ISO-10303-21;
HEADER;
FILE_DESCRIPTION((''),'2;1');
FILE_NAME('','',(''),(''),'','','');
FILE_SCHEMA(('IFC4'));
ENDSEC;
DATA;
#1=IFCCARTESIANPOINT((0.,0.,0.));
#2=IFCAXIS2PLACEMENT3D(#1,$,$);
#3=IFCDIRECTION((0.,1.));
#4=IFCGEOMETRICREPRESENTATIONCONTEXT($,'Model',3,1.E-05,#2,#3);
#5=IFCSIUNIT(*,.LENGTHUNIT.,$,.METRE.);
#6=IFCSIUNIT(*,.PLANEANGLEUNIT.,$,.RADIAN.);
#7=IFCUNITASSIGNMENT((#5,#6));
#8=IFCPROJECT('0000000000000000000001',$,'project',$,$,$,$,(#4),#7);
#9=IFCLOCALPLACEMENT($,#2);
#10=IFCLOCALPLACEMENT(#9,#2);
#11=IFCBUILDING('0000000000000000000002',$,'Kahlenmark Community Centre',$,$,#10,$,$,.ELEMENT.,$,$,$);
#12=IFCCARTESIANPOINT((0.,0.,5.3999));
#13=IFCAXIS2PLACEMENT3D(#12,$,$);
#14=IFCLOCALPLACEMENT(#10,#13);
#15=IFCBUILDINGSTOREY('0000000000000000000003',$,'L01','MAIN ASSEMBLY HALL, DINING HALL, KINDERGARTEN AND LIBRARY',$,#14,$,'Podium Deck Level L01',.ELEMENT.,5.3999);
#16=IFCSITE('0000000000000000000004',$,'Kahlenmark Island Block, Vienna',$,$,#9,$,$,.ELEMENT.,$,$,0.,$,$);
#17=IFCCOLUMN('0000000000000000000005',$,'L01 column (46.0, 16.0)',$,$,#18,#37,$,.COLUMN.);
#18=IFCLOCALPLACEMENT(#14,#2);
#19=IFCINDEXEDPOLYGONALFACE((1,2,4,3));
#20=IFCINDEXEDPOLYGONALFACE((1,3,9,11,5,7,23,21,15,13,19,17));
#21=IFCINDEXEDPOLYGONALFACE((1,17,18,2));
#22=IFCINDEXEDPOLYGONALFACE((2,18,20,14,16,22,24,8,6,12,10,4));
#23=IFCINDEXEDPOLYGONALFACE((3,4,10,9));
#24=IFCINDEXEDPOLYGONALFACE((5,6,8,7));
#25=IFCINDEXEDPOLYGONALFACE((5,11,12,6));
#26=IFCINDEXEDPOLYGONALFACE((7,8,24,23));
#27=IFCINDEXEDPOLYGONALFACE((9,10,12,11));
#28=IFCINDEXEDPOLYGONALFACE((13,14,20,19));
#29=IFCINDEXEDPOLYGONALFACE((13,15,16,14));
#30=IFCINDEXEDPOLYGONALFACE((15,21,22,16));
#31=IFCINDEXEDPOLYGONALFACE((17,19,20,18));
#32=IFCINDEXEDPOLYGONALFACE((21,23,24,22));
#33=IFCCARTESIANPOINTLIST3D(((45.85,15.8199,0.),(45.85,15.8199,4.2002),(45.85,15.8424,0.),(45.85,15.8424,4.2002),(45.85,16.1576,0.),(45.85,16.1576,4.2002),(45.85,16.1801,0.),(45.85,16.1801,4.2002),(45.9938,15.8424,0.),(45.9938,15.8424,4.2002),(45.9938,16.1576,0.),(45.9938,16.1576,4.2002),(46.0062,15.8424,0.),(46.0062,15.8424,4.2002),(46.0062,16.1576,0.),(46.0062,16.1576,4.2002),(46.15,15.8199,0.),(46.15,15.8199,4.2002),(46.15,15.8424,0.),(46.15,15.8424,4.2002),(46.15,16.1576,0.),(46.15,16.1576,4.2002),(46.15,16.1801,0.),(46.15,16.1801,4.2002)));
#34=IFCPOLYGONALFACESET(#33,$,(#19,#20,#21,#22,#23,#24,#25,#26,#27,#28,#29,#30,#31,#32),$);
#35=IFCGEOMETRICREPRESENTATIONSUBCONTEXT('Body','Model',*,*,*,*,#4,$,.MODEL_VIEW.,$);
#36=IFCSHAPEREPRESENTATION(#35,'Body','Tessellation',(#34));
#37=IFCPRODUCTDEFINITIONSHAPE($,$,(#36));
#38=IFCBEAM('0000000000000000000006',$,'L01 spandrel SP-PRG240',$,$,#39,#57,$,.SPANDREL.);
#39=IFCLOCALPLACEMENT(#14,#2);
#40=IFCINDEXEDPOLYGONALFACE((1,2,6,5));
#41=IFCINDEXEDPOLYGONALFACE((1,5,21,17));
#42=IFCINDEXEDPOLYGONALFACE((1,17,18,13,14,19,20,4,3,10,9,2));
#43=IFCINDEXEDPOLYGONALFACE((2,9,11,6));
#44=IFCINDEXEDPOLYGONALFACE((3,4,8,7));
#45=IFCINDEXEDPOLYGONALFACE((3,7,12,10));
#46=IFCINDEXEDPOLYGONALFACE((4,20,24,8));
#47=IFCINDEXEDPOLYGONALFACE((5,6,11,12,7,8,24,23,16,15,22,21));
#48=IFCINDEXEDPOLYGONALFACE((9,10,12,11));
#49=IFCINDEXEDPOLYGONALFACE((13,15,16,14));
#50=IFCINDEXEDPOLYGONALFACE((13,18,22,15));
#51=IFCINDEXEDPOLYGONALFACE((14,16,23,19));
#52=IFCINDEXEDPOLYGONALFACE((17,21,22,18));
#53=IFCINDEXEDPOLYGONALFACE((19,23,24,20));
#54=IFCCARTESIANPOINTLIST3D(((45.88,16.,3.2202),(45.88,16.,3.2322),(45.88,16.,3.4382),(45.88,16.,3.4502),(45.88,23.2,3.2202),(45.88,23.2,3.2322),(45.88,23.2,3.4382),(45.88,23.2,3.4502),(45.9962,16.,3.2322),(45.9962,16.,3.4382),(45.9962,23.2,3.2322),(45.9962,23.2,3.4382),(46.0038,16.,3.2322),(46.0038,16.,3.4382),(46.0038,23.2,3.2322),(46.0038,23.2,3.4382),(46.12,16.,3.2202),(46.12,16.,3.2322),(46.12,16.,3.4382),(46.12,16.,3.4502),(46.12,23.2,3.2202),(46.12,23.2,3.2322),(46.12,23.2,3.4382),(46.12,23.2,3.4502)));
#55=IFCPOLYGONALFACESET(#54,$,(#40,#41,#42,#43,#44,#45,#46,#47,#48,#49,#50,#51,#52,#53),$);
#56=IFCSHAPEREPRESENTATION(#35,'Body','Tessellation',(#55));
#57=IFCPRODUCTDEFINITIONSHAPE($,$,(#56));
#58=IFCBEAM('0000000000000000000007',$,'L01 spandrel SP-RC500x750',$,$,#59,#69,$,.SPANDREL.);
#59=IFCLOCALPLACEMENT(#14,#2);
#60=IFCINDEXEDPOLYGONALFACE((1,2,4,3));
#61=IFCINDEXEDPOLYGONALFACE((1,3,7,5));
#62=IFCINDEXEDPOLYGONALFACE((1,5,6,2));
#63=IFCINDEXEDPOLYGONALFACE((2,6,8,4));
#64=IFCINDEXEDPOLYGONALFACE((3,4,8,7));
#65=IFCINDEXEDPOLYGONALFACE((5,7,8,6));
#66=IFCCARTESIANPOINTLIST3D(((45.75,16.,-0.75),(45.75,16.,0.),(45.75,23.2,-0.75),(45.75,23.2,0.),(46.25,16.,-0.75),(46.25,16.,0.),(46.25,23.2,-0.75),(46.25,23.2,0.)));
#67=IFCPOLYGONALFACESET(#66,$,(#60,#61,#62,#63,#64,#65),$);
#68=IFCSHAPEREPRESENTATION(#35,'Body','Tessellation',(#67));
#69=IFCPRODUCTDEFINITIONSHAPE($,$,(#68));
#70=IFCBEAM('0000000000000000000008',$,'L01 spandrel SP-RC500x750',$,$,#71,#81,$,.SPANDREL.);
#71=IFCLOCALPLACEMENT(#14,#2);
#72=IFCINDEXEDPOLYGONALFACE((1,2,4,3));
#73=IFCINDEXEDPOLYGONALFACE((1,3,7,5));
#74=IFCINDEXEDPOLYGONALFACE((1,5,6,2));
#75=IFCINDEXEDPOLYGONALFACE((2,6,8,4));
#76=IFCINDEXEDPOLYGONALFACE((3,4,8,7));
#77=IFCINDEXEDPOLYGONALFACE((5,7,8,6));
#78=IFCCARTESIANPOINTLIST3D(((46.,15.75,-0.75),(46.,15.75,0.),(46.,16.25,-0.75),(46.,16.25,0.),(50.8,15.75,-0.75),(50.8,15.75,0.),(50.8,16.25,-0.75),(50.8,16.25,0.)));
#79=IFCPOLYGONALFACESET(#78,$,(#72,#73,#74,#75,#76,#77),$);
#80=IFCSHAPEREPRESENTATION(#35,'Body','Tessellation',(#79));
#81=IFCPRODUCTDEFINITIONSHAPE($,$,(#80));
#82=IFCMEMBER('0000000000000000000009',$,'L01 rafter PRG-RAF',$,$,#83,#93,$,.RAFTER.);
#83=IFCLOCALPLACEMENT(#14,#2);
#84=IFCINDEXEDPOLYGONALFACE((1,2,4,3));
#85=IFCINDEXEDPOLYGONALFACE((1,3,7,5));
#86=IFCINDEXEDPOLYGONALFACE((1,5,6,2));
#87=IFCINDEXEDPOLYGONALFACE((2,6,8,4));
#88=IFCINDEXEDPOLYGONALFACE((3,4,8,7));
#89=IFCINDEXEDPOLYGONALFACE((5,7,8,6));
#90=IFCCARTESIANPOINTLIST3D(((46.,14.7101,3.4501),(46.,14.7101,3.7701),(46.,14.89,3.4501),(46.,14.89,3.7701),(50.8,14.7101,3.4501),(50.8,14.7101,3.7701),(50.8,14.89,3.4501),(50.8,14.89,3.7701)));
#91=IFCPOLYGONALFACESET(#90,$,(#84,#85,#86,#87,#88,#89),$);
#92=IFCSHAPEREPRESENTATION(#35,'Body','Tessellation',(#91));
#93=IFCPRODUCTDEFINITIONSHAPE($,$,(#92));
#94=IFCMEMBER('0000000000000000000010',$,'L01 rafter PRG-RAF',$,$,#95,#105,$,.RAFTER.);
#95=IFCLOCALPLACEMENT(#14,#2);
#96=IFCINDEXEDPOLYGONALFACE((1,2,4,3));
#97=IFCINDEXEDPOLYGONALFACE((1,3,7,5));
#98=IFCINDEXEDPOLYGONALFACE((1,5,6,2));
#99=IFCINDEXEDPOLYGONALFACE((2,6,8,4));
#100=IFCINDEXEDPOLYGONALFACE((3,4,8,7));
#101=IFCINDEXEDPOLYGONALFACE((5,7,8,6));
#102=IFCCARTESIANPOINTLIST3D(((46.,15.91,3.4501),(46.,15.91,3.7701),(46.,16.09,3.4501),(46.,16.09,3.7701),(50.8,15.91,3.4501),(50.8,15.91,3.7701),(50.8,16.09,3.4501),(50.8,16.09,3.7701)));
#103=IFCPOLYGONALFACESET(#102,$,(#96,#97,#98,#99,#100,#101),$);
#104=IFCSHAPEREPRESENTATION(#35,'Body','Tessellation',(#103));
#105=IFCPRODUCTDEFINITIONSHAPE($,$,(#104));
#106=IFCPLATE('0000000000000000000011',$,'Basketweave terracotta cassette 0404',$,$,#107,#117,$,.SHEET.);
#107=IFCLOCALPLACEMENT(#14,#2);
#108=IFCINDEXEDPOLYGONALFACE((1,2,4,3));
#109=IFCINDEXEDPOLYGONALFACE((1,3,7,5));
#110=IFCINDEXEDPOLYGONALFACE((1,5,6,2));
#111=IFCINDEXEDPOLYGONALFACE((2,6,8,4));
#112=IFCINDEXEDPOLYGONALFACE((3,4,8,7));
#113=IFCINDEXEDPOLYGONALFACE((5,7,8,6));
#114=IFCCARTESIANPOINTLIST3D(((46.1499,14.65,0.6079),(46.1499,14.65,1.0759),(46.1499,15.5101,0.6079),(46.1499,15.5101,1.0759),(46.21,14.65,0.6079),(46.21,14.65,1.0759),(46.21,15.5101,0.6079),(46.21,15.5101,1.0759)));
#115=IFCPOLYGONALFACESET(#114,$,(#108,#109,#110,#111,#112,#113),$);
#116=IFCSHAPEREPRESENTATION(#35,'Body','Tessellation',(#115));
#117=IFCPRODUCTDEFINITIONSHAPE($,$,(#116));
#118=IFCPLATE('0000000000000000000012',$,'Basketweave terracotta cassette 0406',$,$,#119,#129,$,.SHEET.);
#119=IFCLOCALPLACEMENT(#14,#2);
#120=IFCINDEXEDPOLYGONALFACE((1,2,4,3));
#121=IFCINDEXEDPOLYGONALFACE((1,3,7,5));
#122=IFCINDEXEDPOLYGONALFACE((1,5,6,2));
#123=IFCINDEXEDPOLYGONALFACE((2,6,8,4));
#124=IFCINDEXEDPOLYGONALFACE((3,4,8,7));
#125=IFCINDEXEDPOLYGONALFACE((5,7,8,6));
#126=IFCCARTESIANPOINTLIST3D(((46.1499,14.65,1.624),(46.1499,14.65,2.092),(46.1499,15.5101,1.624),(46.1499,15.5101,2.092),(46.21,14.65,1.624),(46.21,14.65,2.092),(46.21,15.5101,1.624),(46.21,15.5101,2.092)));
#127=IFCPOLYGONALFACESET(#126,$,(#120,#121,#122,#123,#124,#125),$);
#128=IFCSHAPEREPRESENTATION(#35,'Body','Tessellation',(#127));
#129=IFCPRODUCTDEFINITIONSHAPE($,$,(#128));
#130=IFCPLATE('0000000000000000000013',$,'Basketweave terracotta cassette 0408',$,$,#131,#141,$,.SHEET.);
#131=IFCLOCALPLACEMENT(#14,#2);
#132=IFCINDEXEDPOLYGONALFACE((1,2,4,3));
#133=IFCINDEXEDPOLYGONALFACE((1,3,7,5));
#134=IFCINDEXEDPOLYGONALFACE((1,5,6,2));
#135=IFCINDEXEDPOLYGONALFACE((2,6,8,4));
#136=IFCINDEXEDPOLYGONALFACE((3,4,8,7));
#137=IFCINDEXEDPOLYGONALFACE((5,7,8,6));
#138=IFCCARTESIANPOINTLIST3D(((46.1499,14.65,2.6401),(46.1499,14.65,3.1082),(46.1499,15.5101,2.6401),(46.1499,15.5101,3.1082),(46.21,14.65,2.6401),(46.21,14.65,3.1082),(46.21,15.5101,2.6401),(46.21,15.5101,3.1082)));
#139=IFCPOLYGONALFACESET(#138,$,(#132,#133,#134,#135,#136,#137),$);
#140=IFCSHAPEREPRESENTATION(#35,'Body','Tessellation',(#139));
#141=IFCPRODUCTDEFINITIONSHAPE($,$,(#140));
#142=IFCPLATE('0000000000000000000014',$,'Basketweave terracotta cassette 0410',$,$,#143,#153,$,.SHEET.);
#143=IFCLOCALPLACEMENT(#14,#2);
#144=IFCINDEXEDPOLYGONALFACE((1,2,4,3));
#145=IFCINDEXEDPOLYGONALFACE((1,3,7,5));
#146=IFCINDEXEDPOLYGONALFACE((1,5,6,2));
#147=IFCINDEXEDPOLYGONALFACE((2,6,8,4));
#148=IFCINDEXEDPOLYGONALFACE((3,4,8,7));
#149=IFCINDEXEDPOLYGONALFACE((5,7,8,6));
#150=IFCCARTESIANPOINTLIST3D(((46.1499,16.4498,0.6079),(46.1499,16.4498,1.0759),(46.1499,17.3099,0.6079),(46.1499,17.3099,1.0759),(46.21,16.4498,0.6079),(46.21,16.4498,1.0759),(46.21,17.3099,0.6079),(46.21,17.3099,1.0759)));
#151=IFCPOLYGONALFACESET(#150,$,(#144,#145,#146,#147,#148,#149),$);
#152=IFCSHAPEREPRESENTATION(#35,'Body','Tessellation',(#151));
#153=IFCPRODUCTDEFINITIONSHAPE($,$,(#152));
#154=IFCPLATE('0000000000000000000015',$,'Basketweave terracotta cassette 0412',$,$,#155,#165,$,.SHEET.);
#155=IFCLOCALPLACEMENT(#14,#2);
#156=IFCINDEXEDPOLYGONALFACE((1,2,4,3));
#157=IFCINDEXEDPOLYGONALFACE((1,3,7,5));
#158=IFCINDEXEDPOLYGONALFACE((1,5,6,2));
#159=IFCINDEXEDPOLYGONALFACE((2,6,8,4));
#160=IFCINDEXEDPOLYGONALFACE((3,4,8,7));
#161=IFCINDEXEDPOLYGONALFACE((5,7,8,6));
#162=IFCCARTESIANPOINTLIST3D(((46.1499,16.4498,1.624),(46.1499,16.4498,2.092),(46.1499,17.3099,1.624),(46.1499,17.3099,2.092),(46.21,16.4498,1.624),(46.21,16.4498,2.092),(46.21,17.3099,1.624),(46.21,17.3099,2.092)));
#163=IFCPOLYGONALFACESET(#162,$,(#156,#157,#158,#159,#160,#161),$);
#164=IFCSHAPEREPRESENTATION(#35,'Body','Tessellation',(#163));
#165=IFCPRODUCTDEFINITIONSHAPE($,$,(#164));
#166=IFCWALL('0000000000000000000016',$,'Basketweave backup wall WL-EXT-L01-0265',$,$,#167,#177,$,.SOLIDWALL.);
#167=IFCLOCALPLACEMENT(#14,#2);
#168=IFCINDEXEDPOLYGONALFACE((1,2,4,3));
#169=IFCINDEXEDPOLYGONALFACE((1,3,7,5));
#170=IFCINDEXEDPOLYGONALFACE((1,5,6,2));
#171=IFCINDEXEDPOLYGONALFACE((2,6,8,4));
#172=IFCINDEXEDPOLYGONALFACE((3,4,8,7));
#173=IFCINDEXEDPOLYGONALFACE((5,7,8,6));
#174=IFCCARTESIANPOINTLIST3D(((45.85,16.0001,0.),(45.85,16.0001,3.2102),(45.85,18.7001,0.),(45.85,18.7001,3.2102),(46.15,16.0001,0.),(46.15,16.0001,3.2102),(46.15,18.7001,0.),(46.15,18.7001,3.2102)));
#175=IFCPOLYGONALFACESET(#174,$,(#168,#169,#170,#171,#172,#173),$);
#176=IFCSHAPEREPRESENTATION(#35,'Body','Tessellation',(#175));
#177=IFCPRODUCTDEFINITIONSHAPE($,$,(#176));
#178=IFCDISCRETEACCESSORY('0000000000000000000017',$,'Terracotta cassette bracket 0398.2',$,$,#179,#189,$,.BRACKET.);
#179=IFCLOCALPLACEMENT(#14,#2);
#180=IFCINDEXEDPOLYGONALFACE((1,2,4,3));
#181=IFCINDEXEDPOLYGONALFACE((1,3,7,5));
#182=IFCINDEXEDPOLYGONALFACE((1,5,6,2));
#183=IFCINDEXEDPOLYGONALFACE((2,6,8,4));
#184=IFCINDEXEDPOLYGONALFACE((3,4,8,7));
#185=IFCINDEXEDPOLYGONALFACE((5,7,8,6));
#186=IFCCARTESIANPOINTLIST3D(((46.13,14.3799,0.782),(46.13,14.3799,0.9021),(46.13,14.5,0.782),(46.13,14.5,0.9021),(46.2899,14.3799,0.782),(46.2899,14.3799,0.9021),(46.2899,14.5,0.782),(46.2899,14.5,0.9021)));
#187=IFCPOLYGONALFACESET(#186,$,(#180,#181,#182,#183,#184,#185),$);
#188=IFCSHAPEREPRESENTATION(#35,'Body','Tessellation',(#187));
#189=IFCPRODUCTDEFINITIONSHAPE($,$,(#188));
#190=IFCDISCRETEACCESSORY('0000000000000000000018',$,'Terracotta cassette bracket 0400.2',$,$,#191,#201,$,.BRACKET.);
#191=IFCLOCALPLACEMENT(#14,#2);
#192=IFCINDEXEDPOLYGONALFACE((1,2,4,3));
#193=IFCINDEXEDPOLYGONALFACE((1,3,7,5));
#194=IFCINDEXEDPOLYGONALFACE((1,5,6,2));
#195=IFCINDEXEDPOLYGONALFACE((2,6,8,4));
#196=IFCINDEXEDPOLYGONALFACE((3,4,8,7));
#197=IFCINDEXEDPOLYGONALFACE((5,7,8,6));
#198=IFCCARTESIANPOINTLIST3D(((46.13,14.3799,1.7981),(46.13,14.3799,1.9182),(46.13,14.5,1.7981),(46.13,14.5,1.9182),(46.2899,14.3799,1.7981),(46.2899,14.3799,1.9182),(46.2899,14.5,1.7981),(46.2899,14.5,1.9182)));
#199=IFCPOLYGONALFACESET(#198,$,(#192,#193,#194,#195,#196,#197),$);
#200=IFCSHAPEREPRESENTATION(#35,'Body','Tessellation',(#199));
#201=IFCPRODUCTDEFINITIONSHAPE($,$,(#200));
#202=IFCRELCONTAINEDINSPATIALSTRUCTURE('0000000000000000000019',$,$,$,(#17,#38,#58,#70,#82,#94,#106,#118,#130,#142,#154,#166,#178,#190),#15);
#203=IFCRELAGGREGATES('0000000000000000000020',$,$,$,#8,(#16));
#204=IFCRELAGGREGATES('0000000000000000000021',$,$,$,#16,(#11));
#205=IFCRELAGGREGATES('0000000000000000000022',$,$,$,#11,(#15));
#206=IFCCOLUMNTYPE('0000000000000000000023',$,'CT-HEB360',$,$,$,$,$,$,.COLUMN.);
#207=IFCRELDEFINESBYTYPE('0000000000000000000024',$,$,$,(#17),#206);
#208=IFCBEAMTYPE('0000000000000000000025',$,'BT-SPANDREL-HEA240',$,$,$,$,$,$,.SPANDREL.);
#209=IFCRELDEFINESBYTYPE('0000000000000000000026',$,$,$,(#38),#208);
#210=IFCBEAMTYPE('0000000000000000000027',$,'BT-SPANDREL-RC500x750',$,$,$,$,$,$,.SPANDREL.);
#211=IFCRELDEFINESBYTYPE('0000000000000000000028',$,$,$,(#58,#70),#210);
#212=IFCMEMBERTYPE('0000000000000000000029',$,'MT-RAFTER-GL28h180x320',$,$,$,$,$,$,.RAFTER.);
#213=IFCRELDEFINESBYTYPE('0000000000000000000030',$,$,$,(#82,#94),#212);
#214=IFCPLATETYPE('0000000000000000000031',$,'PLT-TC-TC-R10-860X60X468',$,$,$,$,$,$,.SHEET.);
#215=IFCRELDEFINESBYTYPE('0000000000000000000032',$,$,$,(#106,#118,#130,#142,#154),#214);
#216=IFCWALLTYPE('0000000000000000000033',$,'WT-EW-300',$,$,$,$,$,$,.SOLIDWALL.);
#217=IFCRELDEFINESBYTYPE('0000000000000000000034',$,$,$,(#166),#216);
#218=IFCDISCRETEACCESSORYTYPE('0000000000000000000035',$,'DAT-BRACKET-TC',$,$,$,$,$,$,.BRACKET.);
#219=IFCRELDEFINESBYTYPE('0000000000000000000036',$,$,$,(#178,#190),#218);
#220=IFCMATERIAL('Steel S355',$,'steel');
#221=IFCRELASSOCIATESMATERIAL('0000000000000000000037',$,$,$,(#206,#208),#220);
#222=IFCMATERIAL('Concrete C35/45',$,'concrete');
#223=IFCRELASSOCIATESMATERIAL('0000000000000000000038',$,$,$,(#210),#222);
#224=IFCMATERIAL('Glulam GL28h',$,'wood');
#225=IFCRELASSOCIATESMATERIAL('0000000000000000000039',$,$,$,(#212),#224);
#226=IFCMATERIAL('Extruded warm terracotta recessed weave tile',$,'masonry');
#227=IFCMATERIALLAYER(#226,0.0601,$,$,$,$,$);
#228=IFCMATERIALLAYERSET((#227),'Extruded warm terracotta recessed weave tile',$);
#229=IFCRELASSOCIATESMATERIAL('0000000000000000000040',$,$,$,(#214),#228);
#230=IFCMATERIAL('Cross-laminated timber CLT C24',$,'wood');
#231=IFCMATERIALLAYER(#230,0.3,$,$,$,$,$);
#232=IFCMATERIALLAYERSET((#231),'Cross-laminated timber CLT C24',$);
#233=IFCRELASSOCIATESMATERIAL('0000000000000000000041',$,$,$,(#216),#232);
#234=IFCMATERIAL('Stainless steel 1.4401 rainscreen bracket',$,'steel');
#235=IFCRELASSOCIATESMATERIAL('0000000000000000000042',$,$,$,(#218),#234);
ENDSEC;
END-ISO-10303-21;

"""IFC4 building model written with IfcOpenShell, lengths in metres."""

from ifc_helpers import new_model, si_unit, direction, frame, frame_2d, origin, origin_2d, place, context, subcontext, project, spatial, rectangle, i_section, extrude, material, layer, layer_set, material_profile, profile_set, type_object, element, save


model = new_model("IFC4")

# Units and contexts
model_context = context("Model", 3, precision=1e-05, world=origin(), true_north=direction((0.0, 1.0)))
body_context = subcontext(model_context, "Body", "Model", "MODEL_VIEW")
ifc_project = project(units=[si_unit("LENGTHUNIT", "METRE"), si_unit("PLANEANGLEUNIT", "RADIAN")], contexts=[model_context])

# Site, building, storey
site_placement = place(None, origin())
site = spatial("IfcSite", under=ifc_project, at=site_placement, Name="Kahlenmark Island Block, Vienna", CompositionType="ELEMENT", RefElevation=0.0)
building_placement = place(site_placement, origin())
building = spatial("IfcBuilding", under=site, at=building_placement, Name="Kahlenmark Community Centre", CompositionType="ELEMENT")
storey_placement = place(building_placement, frame((0.0, 0.0, 5.3999)))
storey = spatial("IfcBuildingStorey", under=building, at=storey_placement, Name="L01", Description="MAIN ASSEMBLY HALL, DINING HALL, KINDERGARTEN AND LIBRARY", LongName="Podium Deck Level L01", CompositionType="ELEMENT", Elevation=5.3999)

# Column
ifc_material_1 = material(Name="Steel S355", Category="steel")
ifc_material_profile_1 = material_profile(ifc_material_1, i_section(OverallWidth=0.3, OverallDepth=0.3601, WebThickness=0.0125, FlangeThickness=0.0225, at=origin_2d()), Name="HEB 360")
ifc_profile_set_1 = profile_set([ifc_material_profile_1], Name="Steel S355")
column_type = type_object("IfcColumnType", Name="CT-HEB360", PredefinedType="COLUMN", material=ifc_profile_set_1)
column_placement = place(storey_placement, frame((46.0, 16.0, 0.0), z_axis=(0.0, 0.0, 1.0), x_axis=(1.0, 0.0, 0.0)))
element("IfcColumn", 1, at=column_placement, inside=storey, type_object=column_type, Name="L01 column (46.0, 16.0)", PredefinedType="COLUMN", context=body_context, shape_type="SweptSolid", body=[
    extrude(i_section(OverallWidth=0.3, OverallDepth=0.3601, WebThickness=0.0125, FlangeThickness=0.0225, at=origin_2d()), origin(), (0.0, 0.0, 1.0), 4.2002),
])

# Beams
ifc_material_profile_2 = material_profile(ifc_material_1, i_section(OverallWidth=0.24, OverallDepth=0.23, WebThickness=0.0076, FlangeThickness=0.012, at=origin_2d()), Name="HEA 240")
ifc_profile_set_2 = profile_set([ifc_material_profile_2], Name="Steel S355")
beam_type_1 = type_object("IfcBeamType", Name="BT-SPANDREL-HEA240", PredefinedType="SPANDREL", material=ifc_profile_set_2)
beam_1_placement = place(storey_placement, frame((46.0, 16.0, 3.3352), z_axis=(0.0, 1.0, 0.0), x_axis=(-1.0, 0.0, 0.0)))
element("IfcBeam", 2, at=beam_1_placement, inside=storey, type_object=beam_type_1, Name="L01 spandrel SP-PRG240", PredefinedType="SPANDREL", context=body_context, shape_type="SweptSolid", body=[
    extrude(i_section(OverallWidth=0.24, OverallDepth=0.23, WebThickness=0.0076, FlangeThickness=0.012, at=origin_2d()), origin(), (0.0, 0.0, 1.0), 7.2),
])
ifc_material_2 = material(Name="Concrete C35/45", Category="concrete")
ifc_material_profile_3 = material_profile(ifc_material_2, rectangle(XDim=0.5, YDim=0.75, at=origin_2d()), Name="RC 500x750")
ifc_profile_set_3 = profile_set([ifc_material_profile_3], Name="Concrete C35/45")
beam_type_2 = type_object("IfcBeamType", Name="BT-SPANDREL-RC500x750", PredefinedType="SPANDREL", material=ifc_profile_set_3)
beam_2_placement = place(storey_placement, frame((46.0, 16.0, -0.375), z_axis=(0.0, 1.0, 0.0), x_axis=(-1.0, 0.0, 0.0)))
element("IfcBeam", 3, at=beam_2_placement, inside=storey, type_object=beam_type_2, Name="L01 spandrel SP-RC500x750", PredefinedType="SPANDREL", context=body_context, shape_type="SweptSolid", body=[
    extrude(rectangle(XDim=0.5, YDim=0.75, at=origin_2d()), origin(), (0.0, 0.0, 1.0), 7.2),
])
beam_3_placement = place(storey_placement, frame((46.0, 16.0, -0.375), z_axis=(1.0, 0.0, 0.0), x_axis=(0.0, 1.0, 0.0)))
element("IfcBeam", 4, at=beam_3_placement, inside=storey, type_object=beam_type_2, Name="L01 spandrel SP-RC500x750", PredefinedType="SPANDREL", context=body_context, shape_type="SweptSolid", body=[
    extrude(rectangle(XDim=0.5, YDim=0.75, at=origin_2d()), origin(), (0.0, 0.0, 1.0), 4.8),
])

# Members
ifc_material_3 = material(Name="Glulam GL28h", Category="wood")
ifc_material_profile_4 = material_profile(ifc_material_3, rectangle(XDim=0.1799, YDim=0.3201, at=origin_2d()), Name="GL28h 180x320")
ifc_profile_set_4 = profile_set([ifc_material_profile_4], Name="Glulam GL28h")
member_type = type_object("IfcMemberType", Name="MT-RAFTER-GL28h180x320", PredefinedType="RAFTER", material=ifc_profile_set_4)
for number, where, z_axis, x_axis, name in (
    (5, (46.0, 14.8, 3.6101), (1.0, 0.0, 0.0), (0.0, 1.0, 0.0), "L01 rafter PRG-RAF"),
    (6, (46.0, 16.0, 3.6101), (1.0, 0.0, 0.0), (0.0, 1.0, 0.0), "L01 rafter PRG-RAF"),
):
    element("IfcMember", number, at=place(storey_placement, frame(where, z_axis=z_axis, x_axis=x_axis)), inside=storey, type_object=member_type, Name=name, PredefinedType="RAFTER", context=body_context, shape_type="SweptSolid", body=[
        extrude(rectangle(XDim=0.1799, YDim=0.3201, at=origin_2d()), origin(), (0.0, 0.0, 1.0), 4.8),
    ])

# Plates
ifc_material_4 = material(Name="Extruded warm terracotta recessed weave tile", Category="masonry")
ifc_layer_1 = layer(ifc_material_4, 0.0601)
ifc_layer_set_1 = layer_set([ifc_layer_1], Name="Extruded warm terracotta recessed weave tile")
plate_type = type_object("IfcPlateType", Name="PLT-TC-TC-R10-860X60X468", PredefinedType="SHEET", material=ifc_layer_set_1)
for number, where, z_axis, x_axis, name in (
    (7, (46.1799, 15.0801, 0.6079), (0.0, 0.0, 1.0), (0.0, 1.0, 0.0), "Basketweave terracotta cassette 0404"),
    (8, (46.1799, 15.0801, 1.624), (0.0, 0.0, 1.0), (0.0, 1.0, 0.0), "Basketweave terracotta cassette 0406"),
    (9, (46.1799, 15.0801, 2.6401), (0.0, 0.0, 1.0), (0.0, 1.0, 0.0), "Basketweave terracotta cassette 0408"),
    (10, (46.1799, 16.8799, 0.6079), (0.0, 0.0, 1.0), (0.0, 1.0, 0.0), "Basketweave terracotta cassette 0410"),
    (11, (46.1799, 16.8799, 1.624), (0.0, 0.0, 1.0), (0.0, 1.0, 0.0), "Basketweave terracotta cassette 0412"),
):
    element("IfcPlate", number, at=place(storey_placement, frame(where, z_axis=z_axis, x_axis=x_axis)), inside=storey, type_object=plate_type, Name=name, PredefinedType="SHEET", context=body_context, shape_type="SweptSolid", body=[
        extrude(rectangle(XDim=0.8601, YDim=0.0601, at=origin_2d()), origin(), (0.0, 0.0, 1.0), 0.468),
    ])

# Wall
ifc_material_5 = material(Name="Cross-laminated timber CLT C24", Category="wood")
ifc_layer_2 = layer(ifc_material_5, 0.3)
ifc_layer_set_2 = layer_set([ifc_layer_2], Name="Cross-laminated timber CLT C24")
wall_type = type_object("IfcWallType", Name="WT-EW-300", PredefinedType="SOLIDWALL", material=ifc_layer_set_2)
wall_placement = place(storey_placement, frame((46.0, 16.0, 0.0), z_axis=(0.0, 0.0, 1.0), x_axis=(0.0, 1.0, 0.0)))
element("IfcWall", 12, at=wall_placement, inside=storey, type_object=wall_type, Name="Basketweave backup wall WL-EXT-L01-0265", PredefinedType="SOLIDWALL", context=body_context, shape_type="SweptSolid", body=[
    extrude(rectangle(XDim=2.7, YDim=0.3, at=frame_2d((1.3501, 0.0))), origin(), (0.0, 0.0, 1.0), 3.2102),
])

# Discrete accessories
ifc_material_6 = material(Name="Stainless steel 1.4401 rainscreen bracket", Category="steel")
discrete_accessory_type = type_object("IfcDiscreteAccessoryType", Name="DAT-BRACKET-TC", PredefinedType="BRACKET", material=ifc_material_6)
for number, where, z_axis, x_axis, name in (
    (13, (46.21, 14.4399, 0.782), (0.0, 0.0, 1.0), (0.0, 1.0, 0.0), "Terracotta cassette bracket 0398.2"),
    (14, (46.21, 14.4399, 1.7981), (0.0, 0.0, 1.0), (0.0, 1.0, 0.0), "Terracotta cassette bracket 0400.2"),
):
    element("IfcDiscreteAccessory", number, at=place(storey_placement, frame(where, z_axis=z_axis, x_axis=x_axis)), inside=storey, type_object=discrete_accessory_type, Name=name, PredefinedType="BRACKET", context=body_context, shape_type="SweptSolid", body=[
        extrude(rectangle(XDim=0.1201, YDim=0.1599, at=origin_2d()), origin(), (0.0, 0.0, 1.0), 0.1201),
    ])

save(model, "model.ifc")
